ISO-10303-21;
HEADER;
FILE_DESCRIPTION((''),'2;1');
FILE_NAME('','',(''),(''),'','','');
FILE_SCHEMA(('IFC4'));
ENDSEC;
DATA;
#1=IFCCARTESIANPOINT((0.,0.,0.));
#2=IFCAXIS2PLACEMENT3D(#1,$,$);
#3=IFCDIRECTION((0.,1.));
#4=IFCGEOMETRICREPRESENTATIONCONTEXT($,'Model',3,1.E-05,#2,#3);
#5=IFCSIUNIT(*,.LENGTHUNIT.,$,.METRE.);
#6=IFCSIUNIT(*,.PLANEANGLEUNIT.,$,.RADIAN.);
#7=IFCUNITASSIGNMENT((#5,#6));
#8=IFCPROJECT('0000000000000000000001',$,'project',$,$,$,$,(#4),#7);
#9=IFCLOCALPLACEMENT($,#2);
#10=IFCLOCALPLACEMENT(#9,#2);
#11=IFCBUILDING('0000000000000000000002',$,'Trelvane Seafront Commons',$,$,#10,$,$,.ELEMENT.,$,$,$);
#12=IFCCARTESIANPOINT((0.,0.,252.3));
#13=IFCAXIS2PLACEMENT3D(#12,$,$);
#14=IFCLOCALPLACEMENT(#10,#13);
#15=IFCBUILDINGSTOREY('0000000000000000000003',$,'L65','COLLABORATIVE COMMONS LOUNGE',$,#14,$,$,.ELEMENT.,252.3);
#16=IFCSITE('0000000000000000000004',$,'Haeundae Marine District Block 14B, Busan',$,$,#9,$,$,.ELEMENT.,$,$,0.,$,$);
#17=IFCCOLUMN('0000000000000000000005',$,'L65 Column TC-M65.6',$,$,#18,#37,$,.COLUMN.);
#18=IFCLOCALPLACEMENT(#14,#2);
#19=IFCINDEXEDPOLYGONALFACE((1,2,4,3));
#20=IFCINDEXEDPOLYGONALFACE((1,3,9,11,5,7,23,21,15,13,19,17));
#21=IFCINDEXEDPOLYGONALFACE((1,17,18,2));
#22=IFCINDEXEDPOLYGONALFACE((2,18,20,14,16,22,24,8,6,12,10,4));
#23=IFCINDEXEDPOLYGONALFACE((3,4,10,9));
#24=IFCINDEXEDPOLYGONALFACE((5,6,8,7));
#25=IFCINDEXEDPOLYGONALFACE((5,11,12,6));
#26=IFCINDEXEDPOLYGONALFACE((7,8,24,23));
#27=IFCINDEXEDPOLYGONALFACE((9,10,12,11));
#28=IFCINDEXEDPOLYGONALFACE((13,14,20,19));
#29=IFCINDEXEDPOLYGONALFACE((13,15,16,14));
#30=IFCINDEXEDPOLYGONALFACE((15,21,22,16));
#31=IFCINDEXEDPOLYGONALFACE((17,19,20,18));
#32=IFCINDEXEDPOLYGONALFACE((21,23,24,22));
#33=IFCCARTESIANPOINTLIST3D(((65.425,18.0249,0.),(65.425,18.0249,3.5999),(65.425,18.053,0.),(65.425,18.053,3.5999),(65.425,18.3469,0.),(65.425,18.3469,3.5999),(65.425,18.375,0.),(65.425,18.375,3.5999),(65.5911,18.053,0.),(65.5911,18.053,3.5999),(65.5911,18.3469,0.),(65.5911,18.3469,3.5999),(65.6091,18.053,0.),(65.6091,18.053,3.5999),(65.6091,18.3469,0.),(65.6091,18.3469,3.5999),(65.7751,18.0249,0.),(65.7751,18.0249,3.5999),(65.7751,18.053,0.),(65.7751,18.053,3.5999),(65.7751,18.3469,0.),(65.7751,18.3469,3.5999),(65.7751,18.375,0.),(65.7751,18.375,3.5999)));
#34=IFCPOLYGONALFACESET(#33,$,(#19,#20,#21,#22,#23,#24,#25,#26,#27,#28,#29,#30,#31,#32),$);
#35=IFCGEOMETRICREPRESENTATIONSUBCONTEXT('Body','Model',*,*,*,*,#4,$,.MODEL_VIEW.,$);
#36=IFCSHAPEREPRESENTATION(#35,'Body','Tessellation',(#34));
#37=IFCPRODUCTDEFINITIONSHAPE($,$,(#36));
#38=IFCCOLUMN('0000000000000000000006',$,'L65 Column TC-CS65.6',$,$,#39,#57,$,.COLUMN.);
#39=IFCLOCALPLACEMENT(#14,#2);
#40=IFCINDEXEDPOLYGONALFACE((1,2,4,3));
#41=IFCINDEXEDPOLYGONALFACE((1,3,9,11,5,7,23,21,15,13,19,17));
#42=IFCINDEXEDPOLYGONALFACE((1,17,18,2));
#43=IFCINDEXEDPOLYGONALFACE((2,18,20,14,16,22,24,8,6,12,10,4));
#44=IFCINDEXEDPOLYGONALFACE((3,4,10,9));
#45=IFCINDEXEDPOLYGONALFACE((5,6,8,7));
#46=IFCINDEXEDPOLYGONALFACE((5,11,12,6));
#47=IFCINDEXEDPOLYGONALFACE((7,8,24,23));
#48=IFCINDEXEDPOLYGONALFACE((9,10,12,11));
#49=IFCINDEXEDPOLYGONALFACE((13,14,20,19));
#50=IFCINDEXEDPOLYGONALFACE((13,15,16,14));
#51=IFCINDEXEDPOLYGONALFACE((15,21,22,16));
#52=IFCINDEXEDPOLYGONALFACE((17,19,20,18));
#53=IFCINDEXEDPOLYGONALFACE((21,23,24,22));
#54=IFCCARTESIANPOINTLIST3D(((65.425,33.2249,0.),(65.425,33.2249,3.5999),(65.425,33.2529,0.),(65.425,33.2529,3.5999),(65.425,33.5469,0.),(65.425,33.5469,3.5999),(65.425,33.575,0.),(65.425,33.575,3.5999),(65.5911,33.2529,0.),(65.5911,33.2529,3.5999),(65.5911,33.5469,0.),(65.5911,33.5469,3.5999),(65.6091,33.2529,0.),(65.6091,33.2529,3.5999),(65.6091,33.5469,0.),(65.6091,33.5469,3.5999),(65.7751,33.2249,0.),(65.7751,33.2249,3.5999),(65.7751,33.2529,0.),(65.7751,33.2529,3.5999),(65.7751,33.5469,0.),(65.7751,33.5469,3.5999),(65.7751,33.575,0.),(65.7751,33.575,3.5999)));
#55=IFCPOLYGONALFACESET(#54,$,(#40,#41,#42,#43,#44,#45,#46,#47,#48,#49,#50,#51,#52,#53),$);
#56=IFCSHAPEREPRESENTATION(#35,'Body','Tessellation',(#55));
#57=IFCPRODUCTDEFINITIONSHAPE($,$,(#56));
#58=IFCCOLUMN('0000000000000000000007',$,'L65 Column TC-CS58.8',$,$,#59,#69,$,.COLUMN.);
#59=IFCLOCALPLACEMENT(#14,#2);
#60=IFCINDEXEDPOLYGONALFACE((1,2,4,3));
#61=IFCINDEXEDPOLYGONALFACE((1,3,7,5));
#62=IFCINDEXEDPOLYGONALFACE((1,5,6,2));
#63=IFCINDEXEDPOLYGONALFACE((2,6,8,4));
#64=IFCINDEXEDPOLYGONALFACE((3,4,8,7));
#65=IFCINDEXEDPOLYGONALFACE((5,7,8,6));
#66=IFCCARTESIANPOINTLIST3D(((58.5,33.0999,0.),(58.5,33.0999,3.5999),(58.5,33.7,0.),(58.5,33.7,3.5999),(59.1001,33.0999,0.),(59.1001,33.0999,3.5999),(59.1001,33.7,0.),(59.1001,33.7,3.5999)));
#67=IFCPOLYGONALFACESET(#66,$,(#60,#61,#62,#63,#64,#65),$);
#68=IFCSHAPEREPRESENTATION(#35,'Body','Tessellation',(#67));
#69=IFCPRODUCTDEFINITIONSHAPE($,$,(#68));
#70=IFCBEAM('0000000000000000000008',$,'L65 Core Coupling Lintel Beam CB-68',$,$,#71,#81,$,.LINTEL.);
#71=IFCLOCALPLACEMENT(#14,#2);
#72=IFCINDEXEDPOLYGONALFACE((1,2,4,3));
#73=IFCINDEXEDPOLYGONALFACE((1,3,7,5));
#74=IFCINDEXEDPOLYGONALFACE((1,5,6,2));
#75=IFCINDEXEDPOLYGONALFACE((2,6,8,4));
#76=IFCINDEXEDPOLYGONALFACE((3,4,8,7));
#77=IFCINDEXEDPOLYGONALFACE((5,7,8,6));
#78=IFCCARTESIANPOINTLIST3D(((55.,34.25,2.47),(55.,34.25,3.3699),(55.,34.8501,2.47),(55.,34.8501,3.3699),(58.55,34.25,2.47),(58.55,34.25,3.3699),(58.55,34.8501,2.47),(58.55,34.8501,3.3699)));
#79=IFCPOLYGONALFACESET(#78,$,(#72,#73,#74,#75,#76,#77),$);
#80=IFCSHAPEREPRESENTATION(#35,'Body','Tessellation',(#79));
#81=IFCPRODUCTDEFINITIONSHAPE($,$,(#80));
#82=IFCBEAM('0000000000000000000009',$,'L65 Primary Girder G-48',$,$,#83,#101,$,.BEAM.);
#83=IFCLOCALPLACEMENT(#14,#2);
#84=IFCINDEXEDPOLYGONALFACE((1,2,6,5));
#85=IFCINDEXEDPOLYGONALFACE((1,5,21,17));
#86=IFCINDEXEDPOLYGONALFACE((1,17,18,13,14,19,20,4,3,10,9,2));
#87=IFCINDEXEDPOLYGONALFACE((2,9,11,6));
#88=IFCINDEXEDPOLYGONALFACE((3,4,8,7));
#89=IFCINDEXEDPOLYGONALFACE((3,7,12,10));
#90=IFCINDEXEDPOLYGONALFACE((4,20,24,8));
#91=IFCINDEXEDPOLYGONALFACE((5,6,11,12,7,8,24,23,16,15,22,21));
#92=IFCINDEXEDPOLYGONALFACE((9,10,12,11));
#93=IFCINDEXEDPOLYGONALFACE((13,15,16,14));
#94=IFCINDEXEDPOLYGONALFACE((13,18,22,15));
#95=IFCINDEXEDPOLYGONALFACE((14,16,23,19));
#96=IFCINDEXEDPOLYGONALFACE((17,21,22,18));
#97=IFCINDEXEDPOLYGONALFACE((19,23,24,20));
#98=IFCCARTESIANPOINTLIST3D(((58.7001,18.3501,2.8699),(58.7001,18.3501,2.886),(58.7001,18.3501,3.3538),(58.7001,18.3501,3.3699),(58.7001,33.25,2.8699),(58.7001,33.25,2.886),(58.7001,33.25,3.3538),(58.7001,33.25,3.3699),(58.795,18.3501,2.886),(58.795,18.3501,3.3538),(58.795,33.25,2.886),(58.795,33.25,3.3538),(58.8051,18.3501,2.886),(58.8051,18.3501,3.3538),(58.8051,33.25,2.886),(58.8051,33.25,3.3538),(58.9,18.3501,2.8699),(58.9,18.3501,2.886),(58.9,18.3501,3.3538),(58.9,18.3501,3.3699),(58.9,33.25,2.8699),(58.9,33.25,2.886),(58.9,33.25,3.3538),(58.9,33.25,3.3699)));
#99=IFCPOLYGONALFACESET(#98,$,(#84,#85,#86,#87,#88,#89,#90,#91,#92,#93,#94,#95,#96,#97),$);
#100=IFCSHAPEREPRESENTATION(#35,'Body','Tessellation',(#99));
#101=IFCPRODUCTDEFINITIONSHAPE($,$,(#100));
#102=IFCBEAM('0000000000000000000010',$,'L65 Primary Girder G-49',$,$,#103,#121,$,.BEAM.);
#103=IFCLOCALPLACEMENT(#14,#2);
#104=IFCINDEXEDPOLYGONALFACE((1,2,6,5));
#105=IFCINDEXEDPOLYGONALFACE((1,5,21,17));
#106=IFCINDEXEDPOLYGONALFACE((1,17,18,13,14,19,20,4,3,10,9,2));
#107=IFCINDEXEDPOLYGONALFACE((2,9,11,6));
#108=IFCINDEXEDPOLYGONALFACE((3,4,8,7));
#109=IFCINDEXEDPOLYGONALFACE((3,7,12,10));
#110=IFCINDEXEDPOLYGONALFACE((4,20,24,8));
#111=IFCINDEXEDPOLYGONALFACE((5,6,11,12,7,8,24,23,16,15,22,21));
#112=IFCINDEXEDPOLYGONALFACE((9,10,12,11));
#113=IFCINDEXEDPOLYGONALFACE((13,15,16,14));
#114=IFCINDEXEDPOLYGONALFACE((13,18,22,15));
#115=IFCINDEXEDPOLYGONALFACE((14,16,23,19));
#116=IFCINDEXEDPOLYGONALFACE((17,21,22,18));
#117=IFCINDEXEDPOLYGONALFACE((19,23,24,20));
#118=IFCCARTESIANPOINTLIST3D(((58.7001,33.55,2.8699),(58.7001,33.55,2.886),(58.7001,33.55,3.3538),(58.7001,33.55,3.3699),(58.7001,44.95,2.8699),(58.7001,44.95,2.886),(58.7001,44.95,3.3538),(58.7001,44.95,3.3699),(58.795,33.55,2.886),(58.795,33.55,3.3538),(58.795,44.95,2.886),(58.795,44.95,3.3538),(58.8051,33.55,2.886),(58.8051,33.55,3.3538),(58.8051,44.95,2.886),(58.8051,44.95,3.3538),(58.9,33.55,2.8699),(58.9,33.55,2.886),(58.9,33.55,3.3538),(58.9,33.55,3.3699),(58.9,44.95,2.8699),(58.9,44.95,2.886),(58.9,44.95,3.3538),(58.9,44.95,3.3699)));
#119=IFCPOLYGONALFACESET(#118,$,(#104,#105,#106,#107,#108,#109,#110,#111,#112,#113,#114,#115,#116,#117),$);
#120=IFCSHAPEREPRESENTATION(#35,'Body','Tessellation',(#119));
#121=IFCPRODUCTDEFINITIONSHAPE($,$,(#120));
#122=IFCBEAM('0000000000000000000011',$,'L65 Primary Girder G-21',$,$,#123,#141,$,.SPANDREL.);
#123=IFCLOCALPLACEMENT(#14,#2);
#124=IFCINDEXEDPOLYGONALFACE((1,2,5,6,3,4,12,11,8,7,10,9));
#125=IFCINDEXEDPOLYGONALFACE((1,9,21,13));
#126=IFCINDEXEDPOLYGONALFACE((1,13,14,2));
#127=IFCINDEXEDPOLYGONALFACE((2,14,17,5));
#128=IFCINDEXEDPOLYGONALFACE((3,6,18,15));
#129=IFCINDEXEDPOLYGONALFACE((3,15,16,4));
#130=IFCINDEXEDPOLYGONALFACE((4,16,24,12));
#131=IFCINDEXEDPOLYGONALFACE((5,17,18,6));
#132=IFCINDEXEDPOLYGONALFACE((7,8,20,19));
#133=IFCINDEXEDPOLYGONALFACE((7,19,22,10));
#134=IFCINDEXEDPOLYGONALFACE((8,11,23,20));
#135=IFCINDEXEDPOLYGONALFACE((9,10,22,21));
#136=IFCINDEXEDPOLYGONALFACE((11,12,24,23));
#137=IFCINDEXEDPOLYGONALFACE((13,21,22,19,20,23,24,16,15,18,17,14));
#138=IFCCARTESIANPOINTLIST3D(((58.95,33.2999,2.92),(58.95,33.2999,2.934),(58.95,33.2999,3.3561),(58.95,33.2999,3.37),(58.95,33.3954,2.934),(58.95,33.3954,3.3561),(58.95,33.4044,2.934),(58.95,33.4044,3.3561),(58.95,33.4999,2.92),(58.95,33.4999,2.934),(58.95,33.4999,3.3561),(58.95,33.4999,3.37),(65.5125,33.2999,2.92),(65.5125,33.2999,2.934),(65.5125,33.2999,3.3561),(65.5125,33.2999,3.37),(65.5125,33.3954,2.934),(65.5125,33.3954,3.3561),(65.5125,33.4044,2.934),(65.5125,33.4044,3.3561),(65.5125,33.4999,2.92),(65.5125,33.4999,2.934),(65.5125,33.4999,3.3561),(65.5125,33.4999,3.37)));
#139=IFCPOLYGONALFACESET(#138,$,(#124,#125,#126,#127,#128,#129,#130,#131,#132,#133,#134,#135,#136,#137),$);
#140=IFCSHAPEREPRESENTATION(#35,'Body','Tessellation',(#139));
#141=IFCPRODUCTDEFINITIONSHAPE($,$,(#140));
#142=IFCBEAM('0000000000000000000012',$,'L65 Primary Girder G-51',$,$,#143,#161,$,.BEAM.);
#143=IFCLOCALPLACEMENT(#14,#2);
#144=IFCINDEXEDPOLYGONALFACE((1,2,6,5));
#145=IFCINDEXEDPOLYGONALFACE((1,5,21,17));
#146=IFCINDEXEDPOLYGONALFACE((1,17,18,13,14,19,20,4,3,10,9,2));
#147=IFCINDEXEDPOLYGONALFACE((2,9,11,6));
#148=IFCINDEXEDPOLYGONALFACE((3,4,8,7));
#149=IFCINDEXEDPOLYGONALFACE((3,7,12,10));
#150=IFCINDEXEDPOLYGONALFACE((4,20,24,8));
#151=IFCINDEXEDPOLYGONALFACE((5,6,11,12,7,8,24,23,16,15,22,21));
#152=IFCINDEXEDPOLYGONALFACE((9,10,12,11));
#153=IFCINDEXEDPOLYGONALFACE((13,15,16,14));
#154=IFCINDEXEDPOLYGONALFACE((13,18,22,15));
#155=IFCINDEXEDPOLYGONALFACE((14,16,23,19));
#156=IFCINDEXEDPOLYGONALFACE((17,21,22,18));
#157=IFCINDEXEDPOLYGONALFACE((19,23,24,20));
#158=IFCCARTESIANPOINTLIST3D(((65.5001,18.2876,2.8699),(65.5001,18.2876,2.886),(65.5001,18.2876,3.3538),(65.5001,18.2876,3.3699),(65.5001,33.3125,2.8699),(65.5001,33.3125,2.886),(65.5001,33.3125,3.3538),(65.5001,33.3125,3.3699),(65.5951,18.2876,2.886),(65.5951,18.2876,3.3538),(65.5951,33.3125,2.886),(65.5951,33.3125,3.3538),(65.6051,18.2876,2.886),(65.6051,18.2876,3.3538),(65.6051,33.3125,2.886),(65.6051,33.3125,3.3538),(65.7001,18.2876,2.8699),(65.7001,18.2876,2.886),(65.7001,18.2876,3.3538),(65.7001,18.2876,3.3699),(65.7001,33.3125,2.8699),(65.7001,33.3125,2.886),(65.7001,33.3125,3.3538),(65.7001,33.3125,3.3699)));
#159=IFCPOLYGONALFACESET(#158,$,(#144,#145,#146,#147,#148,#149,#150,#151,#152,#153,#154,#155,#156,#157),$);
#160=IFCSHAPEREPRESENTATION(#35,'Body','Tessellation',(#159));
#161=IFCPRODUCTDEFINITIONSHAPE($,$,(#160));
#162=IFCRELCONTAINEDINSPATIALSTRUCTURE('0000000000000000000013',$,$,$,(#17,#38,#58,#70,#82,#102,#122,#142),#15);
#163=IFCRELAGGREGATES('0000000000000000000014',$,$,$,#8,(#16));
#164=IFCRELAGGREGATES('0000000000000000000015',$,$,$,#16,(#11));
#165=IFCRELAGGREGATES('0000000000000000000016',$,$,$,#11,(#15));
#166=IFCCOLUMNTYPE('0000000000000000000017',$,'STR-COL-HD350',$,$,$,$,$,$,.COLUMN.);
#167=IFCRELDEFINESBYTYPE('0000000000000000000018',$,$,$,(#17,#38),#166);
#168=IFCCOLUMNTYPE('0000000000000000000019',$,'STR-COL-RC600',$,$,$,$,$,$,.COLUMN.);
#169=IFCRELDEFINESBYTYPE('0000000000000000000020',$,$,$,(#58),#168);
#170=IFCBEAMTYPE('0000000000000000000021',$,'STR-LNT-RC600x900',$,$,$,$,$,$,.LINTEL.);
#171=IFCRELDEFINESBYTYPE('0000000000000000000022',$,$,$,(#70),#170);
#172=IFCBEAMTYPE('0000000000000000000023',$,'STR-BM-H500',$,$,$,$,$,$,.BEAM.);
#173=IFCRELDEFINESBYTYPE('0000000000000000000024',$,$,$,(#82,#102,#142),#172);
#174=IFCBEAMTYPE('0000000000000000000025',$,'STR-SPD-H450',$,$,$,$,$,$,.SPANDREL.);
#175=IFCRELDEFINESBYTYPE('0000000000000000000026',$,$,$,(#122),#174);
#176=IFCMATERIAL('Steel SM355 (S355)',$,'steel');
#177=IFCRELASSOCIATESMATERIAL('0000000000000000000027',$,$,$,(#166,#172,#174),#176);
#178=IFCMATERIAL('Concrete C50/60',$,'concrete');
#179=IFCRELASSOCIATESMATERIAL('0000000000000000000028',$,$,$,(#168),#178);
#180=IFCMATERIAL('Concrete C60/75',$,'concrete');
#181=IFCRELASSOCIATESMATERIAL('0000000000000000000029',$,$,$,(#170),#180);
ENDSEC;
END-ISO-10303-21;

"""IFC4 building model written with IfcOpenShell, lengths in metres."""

from ifc_helpers import new_model, si_unit, direction, frame, origin, origin_2d, place, context, subcontext, project, spatial, rectangle, i_section, extrude, source, transform, mapped, material, material_profile, profile_set, type_object, element, save


model = new_model("IFC4")

# Units and contexts
model_context = context("Model", 3, precision=1e-05, world=origin(), true_north=direction((0.0, 1.0)))
body_context = subcontext(model_context, "Body", "Model", "MODEL_VIEW")
ifc_project = project(units=[si_unit("LENGTHUNIT", "METRE"), si_unit("PLANEANGLEUNIT", "RADIAN")], contexts=[model_context])

# Site, building, storey
site_placement = place(None, origin())
site = spatial("IfcSite", under=ifc_project, at=site_placement, Name="Haeundae Marine District Block 14B, Busan", CompositionType="ELEMENT", RefElevation=0.0)
building_placement = place(site_placement, origin())
building = spatial("IfcBuilding", under=site, at=building_placement, Name="Trelvane Seafront Commons", CompositionType="ELEMENT")
storey_placement = place(building_placement, frame((0.0, 0.0, 252.3)))
storey = spatial("IfcBuildingStorey", under=building, at=storey_placement, Name="L65", Description="COLLABORATIVE COMMONS LOUNGE", CompositionType="ELEMENT", Elevation=252.3)

# Columns
ifc_material_1 = material(Name="Steel SM355 (S355)", Category="steel")
ifc_material_profile_1 = material_profile(ifc_material_1, i_section(OverallWidth=0.3501, OverallDepth=0.3501, WebThickness=0.0181, FlangeThickness=0.0281, at=origin_2d()), Name="HD-350x350x18x28")
ifc_profile_set_1 = profile_set([ifc_material_profile_1], Name="Steel SM355 (S355)")
column_type_1 = type_object("IfcColumnType", Name="STR-COL-HD350", PredefinedType="COLUMN", material=ifc_profile_set_1)
shared_shape_1 = source(origin(), body_context, "Body", "SweptSolid", [
    extrude(i_section(OverallWidth=0.3501, OverallDepth=0.3501, WebThickness=0.0181, FlangeThickness=0.0281, at=origin_2d()), origin(), (0.0, 0.0, 1.0), 3.5999),
])
for number, where, z_axis, x_axis, name in (
    (1, (65.6001, 18.2, 0.0), (0.0, 0.0, 1.0), (1.0, 0.0, 0.0), "L65 Column TC-M65.6"),
    (2, (65.6001, 33.3999, 0.0), (0.0, 0.0, 1.0), (1.0, 0.0, 0.0), "L65 Column TC-CS65.6"),
):
    element("IfcColumn", number, at=place(storey_placement, frame(where, z_axis=z_axis, x_axis=x_axis)), inside=storey, type_object=column_type_1, Name=name, PredefinedType="COLUMN", context=body_context, shape_type="MappedRepresentation", body=[
        mapped(shared_shape_1, transform((0.0, 0.0, 0.0), x_axis=(1.0, 0.0, 0.0), y_axis=(0.0, 1.0, 0.0), z_axis=(0.0, 0.0, 1.0), scale=1.0)),
    ])
ifc_material_2 = material(Name="Concrete C50/60", Category="concrete")
ifc_material_profile_2 = material_profile(ifc_material_2, rectangle(XDim=0.6001, YDim=0.6001, at=origin_2d()), Name="RC-600x600")
ifc_profile_set_2 = profile_set([ifc_material_profile_2], Name="Concrete C50/60")
column_type_2 = type_object("IfcColumnType", Name="STR-COL-RC600", PredefinedType="COLUMN", material=ifc_profile_set_2)
shared_shape_2 = source(origin(), body_context, "Body", "SweptSolid", [
    extrude(rectangle(XDim=0.6001, YDim=0.6001, at=origin_2d()), origin(), (0.0, 0.0, 1.0), 3.5999),
])
column_placement = place(storey_placement, frame((58.8, 33.3999, 0.0), z_axis=(0.0, 0.0, 1.0), x_axis=(1.0, 0.0, 0.0)))
element("IfcColumn", 3, at=column_placement, inside=storey, type_object=column_type_2, Name="L65 Column TC-CS58.8", PredefinedType="COLUMN", context=body_context, shape_type="MappedRepresentation", body=[
    mapped(shared_shape_2, transform((0.0, 0.0, 0.0), x_axis=(1.0, 0.0, 0.0), y_axis=(0.0, 1.0, 0.0), z_axis=(0.0, 0.0, 1.0), scale=1.0)),
])

# Beams
ifc_material_3 = material(Name="Concrete C60/75", Category="concrete")
ifc_material_profile_3 = material_profile(ifc_material_3, rectangle(XDim=0.6001, YDim=0.8999, at=origin_2d()), Name="RC-600x900")
ifc_profile_set_3 = profile_set([ifc_material_profile_3], Name="Concrete C60/75")
beam_type_1 = type_object("IfcBeamType", Name="STR-LNT-RC600x900", PredefinedType="LINTEL", material=ifc_profile_set_3)
shared_shape_3 = source(origin(), body_context, "Body", "SweptSolid", [
    extrude(rectangle(XDim=0.6001, YDim=0.8999, at=origin_2d()), origin(), (0.0, 0.0, 1.0), 3.55),
])
beam_1_placement = place(storey_placement, frame((55.0, 34.55, 2.9199), z_axis=(1.0, 0.0, 0.0), x_axis=(0.0, 1.0, 0.0)))
element("IfcBeam", 4, at=beam_1_placement, inside=storey, type_object=beam_type_1, Name="L65 Core Coupling Lintel Beam CB-68", PredefinedType="LINTEL", context=body_context, shape_type="MappedRepresentation", body=[
    mapped(shared_shape_3, transform((0.0, 0.0, 0.0), x_axis=(1.0, 0.0, 0.0), y_axis=(0.0, 1.0, 0.0), z_axis=(0.0, 0.0, 1.0), scale=1.0)),
])
ifc_material_profile_4 = material_profile(ifc_material_1, i_section(OverallWidth=0.2, OverallDepth=0.5, WebThickness=0.01, FlangeThickness=0.0161, at=origin_2d()), Name="H-500x200x10x16")
ifc_profile_set_4 = profile_set([ifc_material_profile_4], Name="Steel SM355 (S355)")
beam_type_2 = type_object("IfcBeamType", Name="STR-BM-H500", PredefinedType="BEAM", material=ifc_profile_set_4)
shared_shape_4 = source(origin(), body_context, "Body", "SweptSolid", [
    extrude(i_section(OverallWidth=0.2, OverallDepth=0.5, WebThickness=0.01, FlangeThickness=0.0161, at=origin_2d()), origin(), (0.0, 0.0, 1.0), 14.8999),
])
beam_2_placement = place(storey_placement, frame((58.8, 18.3501, 3.1199), z_axis=(0.0, 1.0, 0.0), x_axis=(-1.0, 0.0, 0.0)))
element("IfcBeam", 5, at=beam_2_placement, inside=storey, type_object=beam_type_2, Name="L65 Primary Girder G-48", PredefinedType="BEAM", context=body_context, shape_type="MappedRepresentation", body=[
    mapped(shared_shape_4, transform((0.0, 0.0, 0.0), x_axis=(1.0, 0.0, 0.0), y_axis=(0.0, 1.0, 0.0), z_axis=(0.0, 0.0, 1.0), scale=1.0)),
])
shared_shape_5 = source(origin(), body_context, "Body", "SweptSolid", [
    extrude(i_section(OverallWidth=0.2, OverallDepth=0.5, WebThickness=0.01, FlangeThickness=0.0161, at=origin_2d()), origin(), (0.0, 0.0, 1.0), 11.3999),
])
beam_3_placement = place(storey_placement, frame((58.8, 33.55, 3.1199), z_axis=(0.0, 1.0, 0.0), x_axis=(-1.0, 0.0, 0.0)))
element("IfcBeam", 6, at=beam_3_placement, inside=storey, type_object=beam_type_2, Name="L65 Primary Girder G-49", PredefinedType="BEAM", context=body_context, shape_type="MappedRepresentation", body=[
    mapped(shared_shape_5, transform((0.0, 0.0, 0.0), x_axis=(1.0, 0.0, 0.0), y_axis=(0.0, 1.0, 0.0), z_axis=(0.0, 0.0, 1.0), scale=1.0)),
])
ifc_material_profile_5 = material_profile(ifc_material_1, i_section(OverallWidth=0.2, OverallDepth=0.45, WebThickness=0.009, FlangeThickness=0.0139, at=origin_2d()), Name="H-450x200x9x14")
ifc_profile_set_5 = profile_set([ifc_material_profile_5], Name="Steel SM355 (S355)")
beam_type_3 = type_object("IfcBeamType", Name="STR-SPD-H450", PredefinedType="SPANDREL", material=ifc_profile_set_5)
shared_shape_6 = source(origin(), body_context, "Body", "SweptSolid", [
    extrude(i_section(OverallWidth=0.2, OverallDepth=0.45, WebThickness=0.009, FlangeThickness=0.0139, at=origin_2d()), origin(), (0.0, 0.0, 1.0), 6.5625),
])
beam_4_placement = place(storey_placement, frame((58.95, 33.3999, 3.145), z_axis=(1.0, 0.0, 0.0), x_axis=(0.0, 1.0, 0.0)))
element("IfcBeam", 7, at=beam_4_placement, inside=storey, type_object=beam_type_3, Name="L65 Primary Girder G-21", PredefinedType="SPANDREL", context=body_context, shape_type="MappedRepresentation", body=[
    mapped(shared_shape_6, transform((0.0, 0.0, 0.0), x_axis=(1.0, 0.0, 0.0), y_axis=(0.0, 1.0, 0.0), z_axis=(0.0, 0.0, 1.0), scale=1.0)),
])
shared_shape_7 = source(origin(), body_context, "Body", "SweptSolid", [
    extrude(i_section(OverallWidth=0.2, OverallDepth=0.5, WebThickness=0.01, FlangeThickness=0.0161, at=origin_2d()), origin(), (0.0, 0.0, 1.0), 15.0249),
])
beam_5_placement = place(storey_placement, frame((65.6001, 18.2876, 3.1199), z_axis=(0.0, 1.0, 0.0), x_axis=(-1.0, 0.0, 0.0)))
element("IfcBeam", 8, at=beam_5_placement, inside=storey, type_object=beam_type_2, Name="L65 Primary Girder G-51", PredefinedType="BEAM", context=body_context, shape_type="MappedRepresentation", body=[
    mapped(shared_shape_7, transform((0.0, 0.0, 0.0), x_axis=(1.0, 0.0, 0.0), y_axis=(0.0, 1.0, 0.0), z_axis=(0.0, 0.0, 1.0), scale=1.0)),
])

save(model, "model.ifc")
